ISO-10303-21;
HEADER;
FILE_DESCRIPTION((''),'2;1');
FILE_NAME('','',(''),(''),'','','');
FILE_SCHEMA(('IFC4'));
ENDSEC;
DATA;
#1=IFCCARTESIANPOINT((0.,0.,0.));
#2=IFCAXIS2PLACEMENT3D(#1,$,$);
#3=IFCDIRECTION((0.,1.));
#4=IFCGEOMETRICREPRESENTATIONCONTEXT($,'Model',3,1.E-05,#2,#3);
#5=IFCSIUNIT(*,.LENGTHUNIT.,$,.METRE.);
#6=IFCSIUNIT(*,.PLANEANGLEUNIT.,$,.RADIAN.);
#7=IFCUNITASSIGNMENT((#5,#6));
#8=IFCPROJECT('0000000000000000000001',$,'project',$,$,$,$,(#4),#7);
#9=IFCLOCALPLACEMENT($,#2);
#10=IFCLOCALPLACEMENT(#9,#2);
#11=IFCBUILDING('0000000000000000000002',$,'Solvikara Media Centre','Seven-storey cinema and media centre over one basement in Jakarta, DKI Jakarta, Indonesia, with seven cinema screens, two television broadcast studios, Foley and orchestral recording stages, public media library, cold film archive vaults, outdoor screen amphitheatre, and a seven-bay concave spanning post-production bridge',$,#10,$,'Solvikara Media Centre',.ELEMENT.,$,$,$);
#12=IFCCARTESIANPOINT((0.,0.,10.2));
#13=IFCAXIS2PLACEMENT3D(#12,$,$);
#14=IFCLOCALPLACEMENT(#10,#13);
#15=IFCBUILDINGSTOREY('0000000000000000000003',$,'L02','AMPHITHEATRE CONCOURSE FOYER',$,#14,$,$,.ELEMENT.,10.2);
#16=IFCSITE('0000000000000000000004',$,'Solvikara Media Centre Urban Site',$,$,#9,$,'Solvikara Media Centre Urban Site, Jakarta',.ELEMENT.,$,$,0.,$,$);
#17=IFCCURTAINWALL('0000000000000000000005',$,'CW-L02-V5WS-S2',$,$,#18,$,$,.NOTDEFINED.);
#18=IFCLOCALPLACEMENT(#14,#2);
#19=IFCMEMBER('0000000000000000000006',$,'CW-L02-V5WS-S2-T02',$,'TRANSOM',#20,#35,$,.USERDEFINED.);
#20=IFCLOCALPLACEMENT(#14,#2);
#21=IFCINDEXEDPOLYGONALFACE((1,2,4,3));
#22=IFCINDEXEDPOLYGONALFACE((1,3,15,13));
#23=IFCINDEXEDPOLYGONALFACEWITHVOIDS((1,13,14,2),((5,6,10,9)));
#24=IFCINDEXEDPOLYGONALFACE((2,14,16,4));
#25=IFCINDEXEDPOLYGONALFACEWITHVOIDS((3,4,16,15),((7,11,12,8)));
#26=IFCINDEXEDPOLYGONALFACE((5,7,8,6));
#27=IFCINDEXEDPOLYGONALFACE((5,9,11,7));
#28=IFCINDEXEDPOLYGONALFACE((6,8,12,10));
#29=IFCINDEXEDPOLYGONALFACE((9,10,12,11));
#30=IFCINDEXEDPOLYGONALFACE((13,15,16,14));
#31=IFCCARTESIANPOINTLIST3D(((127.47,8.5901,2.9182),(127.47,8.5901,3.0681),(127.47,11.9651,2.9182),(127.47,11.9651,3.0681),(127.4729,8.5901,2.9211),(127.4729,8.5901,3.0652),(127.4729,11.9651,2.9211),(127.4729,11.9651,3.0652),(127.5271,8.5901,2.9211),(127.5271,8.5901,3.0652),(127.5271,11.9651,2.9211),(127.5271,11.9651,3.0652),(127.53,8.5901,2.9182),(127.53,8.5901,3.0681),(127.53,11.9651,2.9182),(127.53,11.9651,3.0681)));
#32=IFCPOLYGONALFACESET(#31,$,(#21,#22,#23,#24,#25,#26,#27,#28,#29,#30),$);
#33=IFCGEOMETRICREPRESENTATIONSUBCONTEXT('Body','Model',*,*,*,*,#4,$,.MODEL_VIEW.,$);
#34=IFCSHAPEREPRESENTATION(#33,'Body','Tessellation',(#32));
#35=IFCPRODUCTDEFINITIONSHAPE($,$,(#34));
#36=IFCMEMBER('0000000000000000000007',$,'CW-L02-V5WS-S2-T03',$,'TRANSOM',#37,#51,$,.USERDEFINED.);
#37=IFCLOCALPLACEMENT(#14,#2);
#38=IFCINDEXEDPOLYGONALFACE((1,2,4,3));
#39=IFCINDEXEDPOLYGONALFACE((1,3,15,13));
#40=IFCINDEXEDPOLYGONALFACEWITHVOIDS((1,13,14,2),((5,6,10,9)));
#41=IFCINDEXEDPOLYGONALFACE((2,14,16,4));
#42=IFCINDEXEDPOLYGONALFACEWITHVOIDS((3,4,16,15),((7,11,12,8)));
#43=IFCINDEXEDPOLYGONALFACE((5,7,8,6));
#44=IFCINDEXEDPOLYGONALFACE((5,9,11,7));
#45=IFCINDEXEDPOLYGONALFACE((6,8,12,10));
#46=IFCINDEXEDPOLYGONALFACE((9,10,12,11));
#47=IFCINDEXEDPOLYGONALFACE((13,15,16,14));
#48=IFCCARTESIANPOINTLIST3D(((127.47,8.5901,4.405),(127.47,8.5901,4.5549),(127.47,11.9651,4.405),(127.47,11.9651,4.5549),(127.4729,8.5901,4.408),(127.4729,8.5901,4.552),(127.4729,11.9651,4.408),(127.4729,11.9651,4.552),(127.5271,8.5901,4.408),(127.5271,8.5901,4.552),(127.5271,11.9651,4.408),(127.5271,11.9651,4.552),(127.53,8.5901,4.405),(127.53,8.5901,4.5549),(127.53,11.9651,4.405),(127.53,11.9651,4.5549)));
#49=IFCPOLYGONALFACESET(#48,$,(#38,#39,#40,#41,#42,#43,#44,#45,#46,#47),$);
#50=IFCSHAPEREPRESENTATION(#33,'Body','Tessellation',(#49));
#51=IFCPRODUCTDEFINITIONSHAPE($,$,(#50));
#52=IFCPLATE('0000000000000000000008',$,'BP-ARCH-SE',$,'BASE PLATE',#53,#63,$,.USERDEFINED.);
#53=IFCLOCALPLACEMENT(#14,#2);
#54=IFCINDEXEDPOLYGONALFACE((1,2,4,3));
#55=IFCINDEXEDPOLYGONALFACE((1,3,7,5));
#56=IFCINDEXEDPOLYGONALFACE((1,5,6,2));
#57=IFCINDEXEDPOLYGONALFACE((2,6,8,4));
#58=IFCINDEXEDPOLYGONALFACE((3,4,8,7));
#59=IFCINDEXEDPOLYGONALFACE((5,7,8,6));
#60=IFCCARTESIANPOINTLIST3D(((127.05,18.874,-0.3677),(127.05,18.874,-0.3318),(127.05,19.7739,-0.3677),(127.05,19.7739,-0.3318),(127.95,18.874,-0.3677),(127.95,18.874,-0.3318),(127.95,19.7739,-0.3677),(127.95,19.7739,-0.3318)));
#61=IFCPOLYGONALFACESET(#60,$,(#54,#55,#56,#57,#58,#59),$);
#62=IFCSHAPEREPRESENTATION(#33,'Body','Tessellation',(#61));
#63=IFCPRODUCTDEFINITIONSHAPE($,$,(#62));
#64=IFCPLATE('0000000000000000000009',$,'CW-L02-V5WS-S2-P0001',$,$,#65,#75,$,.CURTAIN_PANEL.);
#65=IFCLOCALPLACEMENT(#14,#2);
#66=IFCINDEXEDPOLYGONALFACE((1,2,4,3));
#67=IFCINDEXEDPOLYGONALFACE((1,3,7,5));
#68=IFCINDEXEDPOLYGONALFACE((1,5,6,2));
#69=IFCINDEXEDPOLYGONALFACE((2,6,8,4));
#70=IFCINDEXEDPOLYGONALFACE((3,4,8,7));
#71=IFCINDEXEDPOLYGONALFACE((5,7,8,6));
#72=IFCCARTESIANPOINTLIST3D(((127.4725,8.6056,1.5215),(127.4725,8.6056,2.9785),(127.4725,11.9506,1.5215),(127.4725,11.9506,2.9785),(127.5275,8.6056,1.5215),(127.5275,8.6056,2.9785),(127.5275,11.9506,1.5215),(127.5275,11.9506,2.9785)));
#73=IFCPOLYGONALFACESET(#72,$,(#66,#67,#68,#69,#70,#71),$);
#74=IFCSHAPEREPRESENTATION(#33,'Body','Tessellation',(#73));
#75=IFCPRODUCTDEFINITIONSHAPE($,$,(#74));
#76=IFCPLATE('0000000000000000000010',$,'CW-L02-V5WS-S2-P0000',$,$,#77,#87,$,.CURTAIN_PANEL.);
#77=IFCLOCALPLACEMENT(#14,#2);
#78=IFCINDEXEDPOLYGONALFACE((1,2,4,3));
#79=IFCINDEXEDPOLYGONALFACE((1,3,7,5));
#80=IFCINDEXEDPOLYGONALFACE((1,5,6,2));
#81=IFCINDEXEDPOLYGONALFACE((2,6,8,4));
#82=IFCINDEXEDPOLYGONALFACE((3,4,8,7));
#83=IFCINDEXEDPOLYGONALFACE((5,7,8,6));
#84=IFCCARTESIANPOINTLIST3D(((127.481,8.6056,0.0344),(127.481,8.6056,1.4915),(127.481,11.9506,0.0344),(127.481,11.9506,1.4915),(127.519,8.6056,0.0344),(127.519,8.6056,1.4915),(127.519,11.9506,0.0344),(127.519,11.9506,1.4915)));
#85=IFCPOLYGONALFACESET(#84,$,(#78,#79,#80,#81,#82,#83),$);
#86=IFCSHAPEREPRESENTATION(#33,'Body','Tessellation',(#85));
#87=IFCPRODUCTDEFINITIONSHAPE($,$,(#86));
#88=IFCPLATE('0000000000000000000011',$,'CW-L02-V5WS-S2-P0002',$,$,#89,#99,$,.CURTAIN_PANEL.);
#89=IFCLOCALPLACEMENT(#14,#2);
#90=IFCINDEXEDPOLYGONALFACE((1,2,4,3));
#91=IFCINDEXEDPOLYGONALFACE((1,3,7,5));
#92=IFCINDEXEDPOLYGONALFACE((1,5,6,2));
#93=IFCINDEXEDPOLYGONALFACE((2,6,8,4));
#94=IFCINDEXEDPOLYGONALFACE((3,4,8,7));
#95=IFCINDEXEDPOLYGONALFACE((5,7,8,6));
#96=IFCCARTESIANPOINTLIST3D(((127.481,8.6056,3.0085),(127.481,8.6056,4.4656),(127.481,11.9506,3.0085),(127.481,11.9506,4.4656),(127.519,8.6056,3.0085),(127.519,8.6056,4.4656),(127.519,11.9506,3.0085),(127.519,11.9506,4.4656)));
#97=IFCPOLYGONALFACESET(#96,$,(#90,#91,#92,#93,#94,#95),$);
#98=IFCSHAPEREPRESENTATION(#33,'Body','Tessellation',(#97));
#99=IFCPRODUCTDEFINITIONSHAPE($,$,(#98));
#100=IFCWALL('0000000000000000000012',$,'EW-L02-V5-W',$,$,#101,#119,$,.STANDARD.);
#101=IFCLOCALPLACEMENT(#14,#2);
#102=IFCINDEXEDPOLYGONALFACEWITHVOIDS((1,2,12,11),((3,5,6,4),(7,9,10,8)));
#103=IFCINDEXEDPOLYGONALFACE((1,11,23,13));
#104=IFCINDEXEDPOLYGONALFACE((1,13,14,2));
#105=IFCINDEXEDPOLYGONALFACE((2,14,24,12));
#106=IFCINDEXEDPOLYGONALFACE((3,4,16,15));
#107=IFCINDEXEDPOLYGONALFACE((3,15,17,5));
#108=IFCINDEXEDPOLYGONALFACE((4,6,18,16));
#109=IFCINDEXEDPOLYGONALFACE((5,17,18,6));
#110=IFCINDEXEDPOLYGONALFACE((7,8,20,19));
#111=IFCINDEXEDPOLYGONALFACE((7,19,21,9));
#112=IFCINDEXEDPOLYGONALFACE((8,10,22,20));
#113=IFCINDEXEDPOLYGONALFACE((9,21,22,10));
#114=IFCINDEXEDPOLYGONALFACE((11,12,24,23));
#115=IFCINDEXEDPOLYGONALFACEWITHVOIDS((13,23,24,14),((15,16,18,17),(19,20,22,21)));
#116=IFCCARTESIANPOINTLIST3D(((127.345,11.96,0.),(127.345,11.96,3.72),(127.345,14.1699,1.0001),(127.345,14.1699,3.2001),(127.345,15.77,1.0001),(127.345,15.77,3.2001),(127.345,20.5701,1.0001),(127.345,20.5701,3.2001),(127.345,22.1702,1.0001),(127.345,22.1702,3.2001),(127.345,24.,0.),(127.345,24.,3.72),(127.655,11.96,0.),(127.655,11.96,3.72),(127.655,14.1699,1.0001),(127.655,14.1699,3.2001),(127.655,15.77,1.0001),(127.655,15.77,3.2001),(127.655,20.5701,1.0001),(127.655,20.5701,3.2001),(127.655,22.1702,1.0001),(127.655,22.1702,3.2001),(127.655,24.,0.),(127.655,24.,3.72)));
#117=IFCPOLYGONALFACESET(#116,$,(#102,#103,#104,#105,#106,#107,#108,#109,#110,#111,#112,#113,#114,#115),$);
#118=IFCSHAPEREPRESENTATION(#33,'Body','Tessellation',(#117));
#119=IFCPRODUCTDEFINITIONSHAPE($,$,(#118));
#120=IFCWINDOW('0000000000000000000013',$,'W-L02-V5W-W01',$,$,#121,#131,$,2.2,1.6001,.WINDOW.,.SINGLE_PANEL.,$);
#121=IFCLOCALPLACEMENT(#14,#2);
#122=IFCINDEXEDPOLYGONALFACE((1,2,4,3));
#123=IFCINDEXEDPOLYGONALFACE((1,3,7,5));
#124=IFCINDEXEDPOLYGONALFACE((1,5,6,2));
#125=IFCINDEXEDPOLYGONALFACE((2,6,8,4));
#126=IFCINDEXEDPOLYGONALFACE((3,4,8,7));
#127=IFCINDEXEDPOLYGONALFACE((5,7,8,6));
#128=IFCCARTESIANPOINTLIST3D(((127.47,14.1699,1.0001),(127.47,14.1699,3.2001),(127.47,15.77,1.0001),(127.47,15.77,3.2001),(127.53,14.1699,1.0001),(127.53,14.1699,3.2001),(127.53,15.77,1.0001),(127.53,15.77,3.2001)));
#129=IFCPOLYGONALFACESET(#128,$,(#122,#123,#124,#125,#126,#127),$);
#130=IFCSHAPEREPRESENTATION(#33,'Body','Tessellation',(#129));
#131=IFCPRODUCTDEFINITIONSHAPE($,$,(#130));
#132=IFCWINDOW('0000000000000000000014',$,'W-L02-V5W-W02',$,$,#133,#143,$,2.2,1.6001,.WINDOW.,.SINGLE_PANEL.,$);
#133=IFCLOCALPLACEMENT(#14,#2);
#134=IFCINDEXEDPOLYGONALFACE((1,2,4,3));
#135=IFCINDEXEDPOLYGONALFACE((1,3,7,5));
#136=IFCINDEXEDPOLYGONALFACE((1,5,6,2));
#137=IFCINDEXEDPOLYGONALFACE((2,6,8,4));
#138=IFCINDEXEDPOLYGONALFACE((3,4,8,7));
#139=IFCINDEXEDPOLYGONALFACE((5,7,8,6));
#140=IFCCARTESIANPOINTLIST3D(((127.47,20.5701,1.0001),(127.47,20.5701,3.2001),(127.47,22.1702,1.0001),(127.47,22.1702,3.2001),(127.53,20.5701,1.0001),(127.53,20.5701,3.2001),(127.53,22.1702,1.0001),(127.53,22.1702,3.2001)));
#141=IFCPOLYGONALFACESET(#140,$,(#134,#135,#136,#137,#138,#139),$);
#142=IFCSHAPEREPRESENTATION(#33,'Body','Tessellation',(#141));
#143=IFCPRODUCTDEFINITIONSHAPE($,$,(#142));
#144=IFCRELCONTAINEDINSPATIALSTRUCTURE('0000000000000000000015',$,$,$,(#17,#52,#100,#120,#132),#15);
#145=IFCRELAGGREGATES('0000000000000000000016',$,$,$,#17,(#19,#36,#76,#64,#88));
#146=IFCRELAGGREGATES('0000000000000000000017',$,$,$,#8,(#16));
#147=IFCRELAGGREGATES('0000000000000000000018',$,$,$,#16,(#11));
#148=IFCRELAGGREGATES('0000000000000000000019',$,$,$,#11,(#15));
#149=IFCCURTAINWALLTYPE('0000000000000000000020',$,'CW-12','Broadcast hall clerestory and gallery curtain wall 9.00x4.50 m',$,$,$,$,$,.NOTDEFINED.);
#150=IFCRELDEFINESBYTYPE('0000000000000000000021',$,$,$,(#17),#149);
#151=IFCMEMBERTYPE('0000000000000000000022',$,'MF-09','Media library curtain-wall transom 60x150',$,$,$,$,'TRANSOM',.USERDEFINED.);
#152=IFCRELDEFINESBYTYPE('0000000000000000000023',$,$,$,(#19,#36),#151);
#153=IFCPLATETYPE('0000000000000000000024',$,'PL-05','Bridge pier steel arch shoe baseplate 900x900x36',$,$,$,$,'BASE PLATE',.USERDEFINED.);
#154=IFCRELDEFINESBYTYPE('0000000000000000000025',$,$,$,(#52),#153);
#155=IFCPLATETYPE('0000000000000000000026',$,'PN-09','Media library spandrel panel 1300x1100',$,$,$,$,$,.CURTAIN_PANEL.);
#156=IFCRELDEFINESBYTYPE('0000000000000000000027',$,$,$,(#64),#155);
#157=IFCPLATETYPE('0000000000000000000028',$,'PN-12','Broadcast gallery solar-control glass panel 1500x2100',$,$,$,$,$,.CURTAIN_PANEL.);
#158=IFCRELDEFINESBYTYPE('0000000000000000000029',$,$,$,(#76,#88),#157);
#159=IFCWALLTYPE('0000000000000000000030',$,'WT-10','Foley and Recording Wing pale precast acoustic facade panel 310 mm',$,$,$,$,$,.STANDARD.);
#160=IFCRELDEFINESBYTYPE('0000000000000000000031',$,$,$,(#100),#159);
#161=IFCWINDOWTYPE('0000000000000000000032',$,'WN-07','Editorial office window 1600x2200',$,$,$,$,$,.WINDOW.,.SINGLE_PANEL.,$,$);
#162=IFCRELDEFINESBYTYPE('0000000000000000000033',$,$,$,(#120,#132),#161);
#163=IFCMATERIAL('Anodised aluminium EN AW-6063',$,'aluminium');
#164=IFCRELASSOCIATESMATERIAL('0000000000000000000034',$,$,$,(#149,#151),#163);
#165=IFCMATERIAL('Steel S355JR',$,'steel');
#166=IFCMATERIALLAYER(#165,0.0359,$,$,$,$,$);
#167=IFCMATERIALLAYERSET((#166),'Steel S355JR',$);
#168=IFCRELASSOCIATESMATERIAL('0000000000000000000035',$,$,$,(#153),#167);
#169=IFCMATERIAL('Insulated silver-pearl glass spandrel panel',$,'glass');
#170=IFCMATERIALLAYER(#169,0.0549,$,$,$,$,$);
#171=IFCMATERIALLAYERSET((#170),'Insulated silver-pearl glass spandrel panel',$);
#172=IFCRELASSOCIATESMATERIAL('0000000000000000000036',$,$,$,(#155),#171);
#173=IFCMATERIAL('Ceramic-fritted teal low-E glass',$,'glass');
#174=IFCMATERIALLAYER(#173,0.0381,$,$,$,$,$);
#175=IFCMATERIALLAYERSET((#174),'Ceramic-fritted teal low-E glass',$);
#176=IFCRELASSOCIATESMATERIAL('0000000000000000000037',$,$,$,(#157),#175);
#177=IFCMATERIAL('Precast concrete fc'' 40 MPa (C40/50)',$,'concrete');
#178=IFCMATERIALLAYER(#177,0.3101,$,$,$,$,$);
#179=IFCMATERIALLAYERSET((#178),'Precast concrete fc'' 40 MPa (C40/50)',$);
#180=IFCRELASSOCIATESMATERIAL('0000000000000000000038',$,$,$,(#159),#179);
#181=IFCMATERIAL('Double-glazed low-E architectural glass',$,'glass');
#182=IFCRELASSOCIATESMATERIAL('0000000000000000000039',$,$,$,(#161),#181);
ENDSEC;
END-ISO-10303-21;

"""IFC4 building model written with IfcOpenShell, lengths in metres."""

from ifc_helpers import new_model, si_unit, direction, frame, frame_2d, origin, origin_2d, place, context, subcontext, project, spatial, rectangle, hollow_rectangle, extrude, material, layer, layer_set, material_profile, profile_set, type_object, element, fill, aggregate, save


model = new_model("IFC4")

# Units and contexts
model_context = context("Model", 3, precision=1e-05, world=origin(), true_north=direction((0.0, 1.0)))
body_context = subcontext(model_context, "Body", "Model", "MODEL_VIEW")
ifc_project = project(units=[si_unit("LENGTHUNIT", "METRE"), si_unit("PLANEANGLEUNIT", "RADIAN")], contexts=[model_context])

# Site, building, storey
site_placement = place(None, origin())
site = spatial("IfcSite", under=ifc_project, at=site_placement, Name="Solvikara Media Centre Urban Site", LongName="Solvikara Media Centre Urban Site, Jakarta", CompositionType="ELEMENT", RefElevation=0.0)
building_placement = place(site_placement, origin())
building = spatial("IfcBuilding", under=site, at=building_placement, Name="Solvikara Media Centre", Description="Seven-storey cinema and media centre over one basement in Jakarta, DKI Jakarta, Indonesia, with seven cinema screens, two television broadcast studios, Foley and orchestral recording stages, public media library, cold film archive vaults, outdoor screen amphitheatre, and a seven-bay concave spanning post-production bridge", LongName="Solvikara Media Centre", CompositionType="ELEMENT")
storey_placement = place(building_placement, frame((0.0, 0.0, 10.2)))
storey = spatial("IfcBuildingStorey", under=building, at=storey_placement, Name="L02", Description="AMPHITHEATRE CONCOURSE FOYER", CompositionType="ELEMENT", Elevation=10.2)

# Shared definitions
ifc_material_1 = material(Name="Steel S355JR", Category="steel")

# Curtain wall, members
ifc_material_2 = material(Name="Anodised aluminium EN AW-6063", Category="aluminium")
curtain_wall_type = type_object("IfcCurtainWallType", Name="CW-12", Description="Broadcast hall clerestory and gallery curtain wall 9.00x4.50 m", PredefinedType="NOTDEFINED", material=ifc_material_2)
curtain_wall_placement = place(storey_placement, origin())
curtain_wall = element("IfcCurtainWall", 1, at=curtain_wall_placement, inside=storey, type_object=curtain_wall_type, Name="CW-L02-V5WS-S2", PredefinedType="NOTDEFINED")
ifc_material_profile_1 = material_profile(ifc_material_2, hollow_rectangle(XDim=0.0601, YDim=0.1499, WallThickness=0.0029, at=origin_2d()), Name="ALU-T 60x150x3")
ifc_profile_set_1 = profile_set([ifc_material_profile_1], Name="Anodised aluminium EN AW-6063")
member_type_1 = type_object("IfcMemberType", Name="MF-09", Description="Media library curtain-wall transom 60x150", ElementType="TRANSOM", PredefinedType="USERDEFINED", material=ifc_profile_set_1)
member_1_placement = place(storey_placement, frame((127.5, 8.5901, 2.9932), z_axis=(0.0, 1.0, 0.0), x_axis=(-1.0, 0.0, 0.0)))
member_1 = element("IfcMember", 2, at=member_1_placement, type_object=member_type_1, Name="CW-L02-V5WS-S2-T02", ObjectType="TRANSOM", PredefinedType="USERDEFINED", context=body_context, shape_type="SweptSolid", body=[
    extrude(hollow_rectangle(XDim=0.0601, YDim=0.1499, WallThickness=0.0029, at=origin_2d()), origin(), (0.0, 0.0, 1.0), 3.375),
])
member_2_placement = place(storey_placement, frame((127.5, 8.5901, 4.48), z_axis=(0.0, 1.0, 0.0), x_axis=(-1.0, 0.0, 0.0)))
member_2 = element("IfcMember", 3, at=member_2_placement, type_object=member_type_1, Name="CW-L02-V5WS-S2-T03", ObjectType="TRANSOM", PredefinedType="USERDEFINED", context=body_context, shape_type="SweptSolid", body=[
    extrude(hollow_rectangle(XDim=0.0601, YDim=0.1499, WallThickness=0.0029, at=origin_2d()), origin(), (0.0, 0.0, 1.0), 3.375),
])

# Plates
ifc_layer_1 = layer(ifc_material_1, 0.0359)
ifc_layer_set_1 = layer_set([ifc_layer_1], Name="Steel S355JR")
plate_type_1 = type_object("IfcPlateType", Name="PL-05", Description="Bridge pier steel arch shoe baseplate 900x900x36", ElementType="BASE PLATE", PredefinedType="USERDEFINED", material=ifc_layer_set_1)
plate_1_placement = place(storey_placement, frame((127.5, 19.324, -0.3677), z_axis=(0.0, 0.0, 1.0), x_axis=(1.0, 0.0, 0.0)))
element("IfcPlate", 4, at=plate_1_placement, inside=storey, type_object=plate_type_1, Name="BP-ARCH-SE", ObjectType="BASE PLATE", PredefinedType="USERDEFINED", context=body_context, shape_type="SweptSolid", body=[
    extrude(rectangle(XDim=0.8999, YDim=0.8999, at=origin_2d()), origin(), (0.0, 0.0, 1.0), 0.0359),
])
ifc_material_3 = material(Name="Insulated silver-pearl glass spandrel panel", Category="glass")
ifc_layer_2 = layer(ifc_material_3, 0.0549)
ifc_layer_set_2 = layer_set([ifc_layer_2], Name="Insulated silver-pearl glass spandrel panel")
plate_type_2 = type_object("IfcPlateType", Name="PN-09", Description="Media library spandrel panel 1300x1100", PredefinedType="CURTAIN_PANEL", material=ifc_layer_set_2)
plate_2_placement = place(storey_placement, frame((127.5, 10.2781, 1.5215), z_axis=(0.0, 0.0, 1.0), x_axis=(0.0, 1.0, 0.0)))
plate_2 = element("IfcPlate", 5, at=plate_2_placement, type_object=plate_type_2, Name="CW-L02-V5WS-S2-P0001", PredefinedType="CURTAIN_PANEL", context=body_context, shape_type="SweptSolid", body=[
    extrude(rectangle(XDim=3.345, YDim=0.0549, at=origin_2d()), origin(), (0.0, 0.0, 1.0), 1.457),
])
ifc_material_4 = material(Name="Ceramic-fritted teal low-E glass", Category="glass")
ifc_layer_3 = layer(ifc_material_4, 0.0381)
ifc_layer_set_3 = layer_set([ifc_layer_3], Name="Ceramic-fritted teal low-E glass")
plate_type_3 = type_object("IfcPlateType", Name="PN-12", Description="Broadcast gallery solar-control glass panel 1500x2100", PredefinedType="CURTAIN_PANEL", material=ifc_layer_set_3)
plate_3_placement = place(storey_placement, frame((127.5, 10.2781, 0.0344), z_axis=(0.0, 0.0, 1.0), x_axis=(0.0, 1.0, 0.0)))
plate_3 = element("IfcPlate", 6, at=plate_3_placement, type_object=plate_type_3, Name="CW-L02-V5WS-S2-P0000", PredefinedType="CURTAIN_PANEL", context=body_context, shape_type="SweptSolid", body=[
    extrude(rectangle(XDim=3.345, YDim=0.0381, at=origin_2d()), origin(), (0.0, 0.0, 1.0), 1.457),
])
plate_4_placement = place(storey_placement, frame((127.5, 10.2781, 3.0085), z_axis=(0.0, 0.0, 1.0), x_axis=(0.0, 1.0, 0.0)))
plate_4 = element("IfcPlate", 7, at=plate_4_placement, type_object=plate_type_3, Name="CW-L02-V5WS-S2-P0002", PredefinedType="CURTAIN_PANEL", context=body_context, shape_type="SweptSolid", body=[
    extrude(rectangle(XDim=3.345, YDim=0.0381, at=origin_2d()), origin(), (0.0, 0.0, 1.0), 1.457),
])
aggregate(curtain_wall, [member_1, member_2, plate_3, plate_2, plate_4])

# Wall, openings, windows
ifc_material_5 = material(Name="Precast concrete fc' 40 MPa (C40/50)", Category="concrete")
ifc_layer_4 = layer(ifc_material_5, 0.3101)
ifc_layer_set_4 = layer_set([ifc_layer_4], Name="Precast concrete fc' 40 MPa (C40/50)")
wall_type_1 = type_object("IfcWallType", Name="WT-10", Description="Foley and Recording Wing pale precast acoustic facade panel 310 mm", PredefinedType="STANDARD", material=ifc_layer_set_4)
wall_1_placement = place(storey_placement, frame((127.5, 11.96, 0.0), z_axis=(0.0, 0.0, 1.0), x_axis=(0.0, 1.0, 0.0)))
wall_1 = element("IfcWall", 8, at=wall_1_placement, inside=storey, type_object=wall_type_1, Name="EW-L02-V5-W", PredefinedType="STANDARD", context=body_context, shape_type="SweptSolid", body=[
    extrude(rectangle(XDim=12.04, YDim=0.3101, at=frame_2d((6.02, 0.0))), origin(), (0.0, 0.0, 1.0), 3.72),
])
opening_1_placement = place(wall_1_placement, frame((2.21, 0.0, 1.0)))
opening_1 = element("IfcOpeningElement", 9, at=opening_1_placement, cuts=wall_1, PredefinedType="OPENING", context=body_context, shape_type="SweptSolid", body=[
    extrude(rectangle(XDim=1.6001, YDim=2.2, at=frame_2d((0.8, 1.1001))), frame((0.0, 0.167, 0.0), z_axis=(0.0, -1.0, 0.0), x_axis=(1.0, 0.0, 0.0)), (0.0, 0.0, 1.0), 0.334),
])
opening_2_placement = place(wall_1_placement, frame((8.6101, 0.0, 1.0)))
opening_2 = element("IfcOpeningElement", 10, at=opening_2_placement, cuts=wall_1, PredefinedType="OPENING", context=body_context, shape_type="SweptSolid", body=[
    extrude(rectangle(XDim=1.6001, YDim=2.2, at=frame_2d((0.8, 1.1001))), frame((0.0, 0.167, 0.0), z_axis=(0.0, -1.0, 0.0), x_axis=(1.0, 0.0, 0.0)), (0.0, 0.0, 1.0), 0.334),
])
ifc_material_6 = material(Name="Double-glazed low-E architectural glass", Category="glass")
window_type = type_object("IfcWindowType", Name="WN-07", Description="Editorial office window 1600x2200", PartitioningType="SINGLE_PANEL", PredefinedType="WINDOW", material=ifc_material_6)
window_1_placement = place(opening_1_placement, origin())
window_1 = element("IfcWindow", 11, at=window_1_placement, inside=storey, type_object=window_type, Name="W-L02-V5W-W01", OverallHeight=2.2, OverallWidth=1.6001, PartitioningType="SINGLE_PANEL", PredefinedType="WINDOW", context=body_context, shape_type="SweptSolid", body=[
    extrude(rectangle(XDim=1.6001, YDim=2.2, at=frame_2d((0.8, 1.1001))), frame((0.0, 0.03, 0.0), z_axis=(0.0, -1.0, 0.0), x_axis=(1.0, 0.0, 0.0)), (0.0, 0.0, 1.0), 0.0601),
])
fill(opening_1, window_1)
window_2_placement = place(opening_2_placement, origin())
window_2 = element("IfcWindow", 12, at=window_2_placement, inside=storey, type_object=window_type, Name="W-L02-V5W-W02", OverallHeight=2.2, OverallWidth=1.6001, PartitioningType="SINGLE_PANEL", PredefinedType="WINDOW", context=body_context, shape_type="SweptSolid", body=[
    extrude(rectangle(XDim=1.6001, YDim=2.2, at=frame_2d((0.8, 1.1001))), frame((0.0, 0.03, 0.0), z_axis=(0.0, -1.0, 0.0), x_axis=(1.0, 0.0, 0.0)), (0.0, 0.0, 1.0), 0.0601),
])
fill(opening_2, window_2)

save(model, "model.ifc")
